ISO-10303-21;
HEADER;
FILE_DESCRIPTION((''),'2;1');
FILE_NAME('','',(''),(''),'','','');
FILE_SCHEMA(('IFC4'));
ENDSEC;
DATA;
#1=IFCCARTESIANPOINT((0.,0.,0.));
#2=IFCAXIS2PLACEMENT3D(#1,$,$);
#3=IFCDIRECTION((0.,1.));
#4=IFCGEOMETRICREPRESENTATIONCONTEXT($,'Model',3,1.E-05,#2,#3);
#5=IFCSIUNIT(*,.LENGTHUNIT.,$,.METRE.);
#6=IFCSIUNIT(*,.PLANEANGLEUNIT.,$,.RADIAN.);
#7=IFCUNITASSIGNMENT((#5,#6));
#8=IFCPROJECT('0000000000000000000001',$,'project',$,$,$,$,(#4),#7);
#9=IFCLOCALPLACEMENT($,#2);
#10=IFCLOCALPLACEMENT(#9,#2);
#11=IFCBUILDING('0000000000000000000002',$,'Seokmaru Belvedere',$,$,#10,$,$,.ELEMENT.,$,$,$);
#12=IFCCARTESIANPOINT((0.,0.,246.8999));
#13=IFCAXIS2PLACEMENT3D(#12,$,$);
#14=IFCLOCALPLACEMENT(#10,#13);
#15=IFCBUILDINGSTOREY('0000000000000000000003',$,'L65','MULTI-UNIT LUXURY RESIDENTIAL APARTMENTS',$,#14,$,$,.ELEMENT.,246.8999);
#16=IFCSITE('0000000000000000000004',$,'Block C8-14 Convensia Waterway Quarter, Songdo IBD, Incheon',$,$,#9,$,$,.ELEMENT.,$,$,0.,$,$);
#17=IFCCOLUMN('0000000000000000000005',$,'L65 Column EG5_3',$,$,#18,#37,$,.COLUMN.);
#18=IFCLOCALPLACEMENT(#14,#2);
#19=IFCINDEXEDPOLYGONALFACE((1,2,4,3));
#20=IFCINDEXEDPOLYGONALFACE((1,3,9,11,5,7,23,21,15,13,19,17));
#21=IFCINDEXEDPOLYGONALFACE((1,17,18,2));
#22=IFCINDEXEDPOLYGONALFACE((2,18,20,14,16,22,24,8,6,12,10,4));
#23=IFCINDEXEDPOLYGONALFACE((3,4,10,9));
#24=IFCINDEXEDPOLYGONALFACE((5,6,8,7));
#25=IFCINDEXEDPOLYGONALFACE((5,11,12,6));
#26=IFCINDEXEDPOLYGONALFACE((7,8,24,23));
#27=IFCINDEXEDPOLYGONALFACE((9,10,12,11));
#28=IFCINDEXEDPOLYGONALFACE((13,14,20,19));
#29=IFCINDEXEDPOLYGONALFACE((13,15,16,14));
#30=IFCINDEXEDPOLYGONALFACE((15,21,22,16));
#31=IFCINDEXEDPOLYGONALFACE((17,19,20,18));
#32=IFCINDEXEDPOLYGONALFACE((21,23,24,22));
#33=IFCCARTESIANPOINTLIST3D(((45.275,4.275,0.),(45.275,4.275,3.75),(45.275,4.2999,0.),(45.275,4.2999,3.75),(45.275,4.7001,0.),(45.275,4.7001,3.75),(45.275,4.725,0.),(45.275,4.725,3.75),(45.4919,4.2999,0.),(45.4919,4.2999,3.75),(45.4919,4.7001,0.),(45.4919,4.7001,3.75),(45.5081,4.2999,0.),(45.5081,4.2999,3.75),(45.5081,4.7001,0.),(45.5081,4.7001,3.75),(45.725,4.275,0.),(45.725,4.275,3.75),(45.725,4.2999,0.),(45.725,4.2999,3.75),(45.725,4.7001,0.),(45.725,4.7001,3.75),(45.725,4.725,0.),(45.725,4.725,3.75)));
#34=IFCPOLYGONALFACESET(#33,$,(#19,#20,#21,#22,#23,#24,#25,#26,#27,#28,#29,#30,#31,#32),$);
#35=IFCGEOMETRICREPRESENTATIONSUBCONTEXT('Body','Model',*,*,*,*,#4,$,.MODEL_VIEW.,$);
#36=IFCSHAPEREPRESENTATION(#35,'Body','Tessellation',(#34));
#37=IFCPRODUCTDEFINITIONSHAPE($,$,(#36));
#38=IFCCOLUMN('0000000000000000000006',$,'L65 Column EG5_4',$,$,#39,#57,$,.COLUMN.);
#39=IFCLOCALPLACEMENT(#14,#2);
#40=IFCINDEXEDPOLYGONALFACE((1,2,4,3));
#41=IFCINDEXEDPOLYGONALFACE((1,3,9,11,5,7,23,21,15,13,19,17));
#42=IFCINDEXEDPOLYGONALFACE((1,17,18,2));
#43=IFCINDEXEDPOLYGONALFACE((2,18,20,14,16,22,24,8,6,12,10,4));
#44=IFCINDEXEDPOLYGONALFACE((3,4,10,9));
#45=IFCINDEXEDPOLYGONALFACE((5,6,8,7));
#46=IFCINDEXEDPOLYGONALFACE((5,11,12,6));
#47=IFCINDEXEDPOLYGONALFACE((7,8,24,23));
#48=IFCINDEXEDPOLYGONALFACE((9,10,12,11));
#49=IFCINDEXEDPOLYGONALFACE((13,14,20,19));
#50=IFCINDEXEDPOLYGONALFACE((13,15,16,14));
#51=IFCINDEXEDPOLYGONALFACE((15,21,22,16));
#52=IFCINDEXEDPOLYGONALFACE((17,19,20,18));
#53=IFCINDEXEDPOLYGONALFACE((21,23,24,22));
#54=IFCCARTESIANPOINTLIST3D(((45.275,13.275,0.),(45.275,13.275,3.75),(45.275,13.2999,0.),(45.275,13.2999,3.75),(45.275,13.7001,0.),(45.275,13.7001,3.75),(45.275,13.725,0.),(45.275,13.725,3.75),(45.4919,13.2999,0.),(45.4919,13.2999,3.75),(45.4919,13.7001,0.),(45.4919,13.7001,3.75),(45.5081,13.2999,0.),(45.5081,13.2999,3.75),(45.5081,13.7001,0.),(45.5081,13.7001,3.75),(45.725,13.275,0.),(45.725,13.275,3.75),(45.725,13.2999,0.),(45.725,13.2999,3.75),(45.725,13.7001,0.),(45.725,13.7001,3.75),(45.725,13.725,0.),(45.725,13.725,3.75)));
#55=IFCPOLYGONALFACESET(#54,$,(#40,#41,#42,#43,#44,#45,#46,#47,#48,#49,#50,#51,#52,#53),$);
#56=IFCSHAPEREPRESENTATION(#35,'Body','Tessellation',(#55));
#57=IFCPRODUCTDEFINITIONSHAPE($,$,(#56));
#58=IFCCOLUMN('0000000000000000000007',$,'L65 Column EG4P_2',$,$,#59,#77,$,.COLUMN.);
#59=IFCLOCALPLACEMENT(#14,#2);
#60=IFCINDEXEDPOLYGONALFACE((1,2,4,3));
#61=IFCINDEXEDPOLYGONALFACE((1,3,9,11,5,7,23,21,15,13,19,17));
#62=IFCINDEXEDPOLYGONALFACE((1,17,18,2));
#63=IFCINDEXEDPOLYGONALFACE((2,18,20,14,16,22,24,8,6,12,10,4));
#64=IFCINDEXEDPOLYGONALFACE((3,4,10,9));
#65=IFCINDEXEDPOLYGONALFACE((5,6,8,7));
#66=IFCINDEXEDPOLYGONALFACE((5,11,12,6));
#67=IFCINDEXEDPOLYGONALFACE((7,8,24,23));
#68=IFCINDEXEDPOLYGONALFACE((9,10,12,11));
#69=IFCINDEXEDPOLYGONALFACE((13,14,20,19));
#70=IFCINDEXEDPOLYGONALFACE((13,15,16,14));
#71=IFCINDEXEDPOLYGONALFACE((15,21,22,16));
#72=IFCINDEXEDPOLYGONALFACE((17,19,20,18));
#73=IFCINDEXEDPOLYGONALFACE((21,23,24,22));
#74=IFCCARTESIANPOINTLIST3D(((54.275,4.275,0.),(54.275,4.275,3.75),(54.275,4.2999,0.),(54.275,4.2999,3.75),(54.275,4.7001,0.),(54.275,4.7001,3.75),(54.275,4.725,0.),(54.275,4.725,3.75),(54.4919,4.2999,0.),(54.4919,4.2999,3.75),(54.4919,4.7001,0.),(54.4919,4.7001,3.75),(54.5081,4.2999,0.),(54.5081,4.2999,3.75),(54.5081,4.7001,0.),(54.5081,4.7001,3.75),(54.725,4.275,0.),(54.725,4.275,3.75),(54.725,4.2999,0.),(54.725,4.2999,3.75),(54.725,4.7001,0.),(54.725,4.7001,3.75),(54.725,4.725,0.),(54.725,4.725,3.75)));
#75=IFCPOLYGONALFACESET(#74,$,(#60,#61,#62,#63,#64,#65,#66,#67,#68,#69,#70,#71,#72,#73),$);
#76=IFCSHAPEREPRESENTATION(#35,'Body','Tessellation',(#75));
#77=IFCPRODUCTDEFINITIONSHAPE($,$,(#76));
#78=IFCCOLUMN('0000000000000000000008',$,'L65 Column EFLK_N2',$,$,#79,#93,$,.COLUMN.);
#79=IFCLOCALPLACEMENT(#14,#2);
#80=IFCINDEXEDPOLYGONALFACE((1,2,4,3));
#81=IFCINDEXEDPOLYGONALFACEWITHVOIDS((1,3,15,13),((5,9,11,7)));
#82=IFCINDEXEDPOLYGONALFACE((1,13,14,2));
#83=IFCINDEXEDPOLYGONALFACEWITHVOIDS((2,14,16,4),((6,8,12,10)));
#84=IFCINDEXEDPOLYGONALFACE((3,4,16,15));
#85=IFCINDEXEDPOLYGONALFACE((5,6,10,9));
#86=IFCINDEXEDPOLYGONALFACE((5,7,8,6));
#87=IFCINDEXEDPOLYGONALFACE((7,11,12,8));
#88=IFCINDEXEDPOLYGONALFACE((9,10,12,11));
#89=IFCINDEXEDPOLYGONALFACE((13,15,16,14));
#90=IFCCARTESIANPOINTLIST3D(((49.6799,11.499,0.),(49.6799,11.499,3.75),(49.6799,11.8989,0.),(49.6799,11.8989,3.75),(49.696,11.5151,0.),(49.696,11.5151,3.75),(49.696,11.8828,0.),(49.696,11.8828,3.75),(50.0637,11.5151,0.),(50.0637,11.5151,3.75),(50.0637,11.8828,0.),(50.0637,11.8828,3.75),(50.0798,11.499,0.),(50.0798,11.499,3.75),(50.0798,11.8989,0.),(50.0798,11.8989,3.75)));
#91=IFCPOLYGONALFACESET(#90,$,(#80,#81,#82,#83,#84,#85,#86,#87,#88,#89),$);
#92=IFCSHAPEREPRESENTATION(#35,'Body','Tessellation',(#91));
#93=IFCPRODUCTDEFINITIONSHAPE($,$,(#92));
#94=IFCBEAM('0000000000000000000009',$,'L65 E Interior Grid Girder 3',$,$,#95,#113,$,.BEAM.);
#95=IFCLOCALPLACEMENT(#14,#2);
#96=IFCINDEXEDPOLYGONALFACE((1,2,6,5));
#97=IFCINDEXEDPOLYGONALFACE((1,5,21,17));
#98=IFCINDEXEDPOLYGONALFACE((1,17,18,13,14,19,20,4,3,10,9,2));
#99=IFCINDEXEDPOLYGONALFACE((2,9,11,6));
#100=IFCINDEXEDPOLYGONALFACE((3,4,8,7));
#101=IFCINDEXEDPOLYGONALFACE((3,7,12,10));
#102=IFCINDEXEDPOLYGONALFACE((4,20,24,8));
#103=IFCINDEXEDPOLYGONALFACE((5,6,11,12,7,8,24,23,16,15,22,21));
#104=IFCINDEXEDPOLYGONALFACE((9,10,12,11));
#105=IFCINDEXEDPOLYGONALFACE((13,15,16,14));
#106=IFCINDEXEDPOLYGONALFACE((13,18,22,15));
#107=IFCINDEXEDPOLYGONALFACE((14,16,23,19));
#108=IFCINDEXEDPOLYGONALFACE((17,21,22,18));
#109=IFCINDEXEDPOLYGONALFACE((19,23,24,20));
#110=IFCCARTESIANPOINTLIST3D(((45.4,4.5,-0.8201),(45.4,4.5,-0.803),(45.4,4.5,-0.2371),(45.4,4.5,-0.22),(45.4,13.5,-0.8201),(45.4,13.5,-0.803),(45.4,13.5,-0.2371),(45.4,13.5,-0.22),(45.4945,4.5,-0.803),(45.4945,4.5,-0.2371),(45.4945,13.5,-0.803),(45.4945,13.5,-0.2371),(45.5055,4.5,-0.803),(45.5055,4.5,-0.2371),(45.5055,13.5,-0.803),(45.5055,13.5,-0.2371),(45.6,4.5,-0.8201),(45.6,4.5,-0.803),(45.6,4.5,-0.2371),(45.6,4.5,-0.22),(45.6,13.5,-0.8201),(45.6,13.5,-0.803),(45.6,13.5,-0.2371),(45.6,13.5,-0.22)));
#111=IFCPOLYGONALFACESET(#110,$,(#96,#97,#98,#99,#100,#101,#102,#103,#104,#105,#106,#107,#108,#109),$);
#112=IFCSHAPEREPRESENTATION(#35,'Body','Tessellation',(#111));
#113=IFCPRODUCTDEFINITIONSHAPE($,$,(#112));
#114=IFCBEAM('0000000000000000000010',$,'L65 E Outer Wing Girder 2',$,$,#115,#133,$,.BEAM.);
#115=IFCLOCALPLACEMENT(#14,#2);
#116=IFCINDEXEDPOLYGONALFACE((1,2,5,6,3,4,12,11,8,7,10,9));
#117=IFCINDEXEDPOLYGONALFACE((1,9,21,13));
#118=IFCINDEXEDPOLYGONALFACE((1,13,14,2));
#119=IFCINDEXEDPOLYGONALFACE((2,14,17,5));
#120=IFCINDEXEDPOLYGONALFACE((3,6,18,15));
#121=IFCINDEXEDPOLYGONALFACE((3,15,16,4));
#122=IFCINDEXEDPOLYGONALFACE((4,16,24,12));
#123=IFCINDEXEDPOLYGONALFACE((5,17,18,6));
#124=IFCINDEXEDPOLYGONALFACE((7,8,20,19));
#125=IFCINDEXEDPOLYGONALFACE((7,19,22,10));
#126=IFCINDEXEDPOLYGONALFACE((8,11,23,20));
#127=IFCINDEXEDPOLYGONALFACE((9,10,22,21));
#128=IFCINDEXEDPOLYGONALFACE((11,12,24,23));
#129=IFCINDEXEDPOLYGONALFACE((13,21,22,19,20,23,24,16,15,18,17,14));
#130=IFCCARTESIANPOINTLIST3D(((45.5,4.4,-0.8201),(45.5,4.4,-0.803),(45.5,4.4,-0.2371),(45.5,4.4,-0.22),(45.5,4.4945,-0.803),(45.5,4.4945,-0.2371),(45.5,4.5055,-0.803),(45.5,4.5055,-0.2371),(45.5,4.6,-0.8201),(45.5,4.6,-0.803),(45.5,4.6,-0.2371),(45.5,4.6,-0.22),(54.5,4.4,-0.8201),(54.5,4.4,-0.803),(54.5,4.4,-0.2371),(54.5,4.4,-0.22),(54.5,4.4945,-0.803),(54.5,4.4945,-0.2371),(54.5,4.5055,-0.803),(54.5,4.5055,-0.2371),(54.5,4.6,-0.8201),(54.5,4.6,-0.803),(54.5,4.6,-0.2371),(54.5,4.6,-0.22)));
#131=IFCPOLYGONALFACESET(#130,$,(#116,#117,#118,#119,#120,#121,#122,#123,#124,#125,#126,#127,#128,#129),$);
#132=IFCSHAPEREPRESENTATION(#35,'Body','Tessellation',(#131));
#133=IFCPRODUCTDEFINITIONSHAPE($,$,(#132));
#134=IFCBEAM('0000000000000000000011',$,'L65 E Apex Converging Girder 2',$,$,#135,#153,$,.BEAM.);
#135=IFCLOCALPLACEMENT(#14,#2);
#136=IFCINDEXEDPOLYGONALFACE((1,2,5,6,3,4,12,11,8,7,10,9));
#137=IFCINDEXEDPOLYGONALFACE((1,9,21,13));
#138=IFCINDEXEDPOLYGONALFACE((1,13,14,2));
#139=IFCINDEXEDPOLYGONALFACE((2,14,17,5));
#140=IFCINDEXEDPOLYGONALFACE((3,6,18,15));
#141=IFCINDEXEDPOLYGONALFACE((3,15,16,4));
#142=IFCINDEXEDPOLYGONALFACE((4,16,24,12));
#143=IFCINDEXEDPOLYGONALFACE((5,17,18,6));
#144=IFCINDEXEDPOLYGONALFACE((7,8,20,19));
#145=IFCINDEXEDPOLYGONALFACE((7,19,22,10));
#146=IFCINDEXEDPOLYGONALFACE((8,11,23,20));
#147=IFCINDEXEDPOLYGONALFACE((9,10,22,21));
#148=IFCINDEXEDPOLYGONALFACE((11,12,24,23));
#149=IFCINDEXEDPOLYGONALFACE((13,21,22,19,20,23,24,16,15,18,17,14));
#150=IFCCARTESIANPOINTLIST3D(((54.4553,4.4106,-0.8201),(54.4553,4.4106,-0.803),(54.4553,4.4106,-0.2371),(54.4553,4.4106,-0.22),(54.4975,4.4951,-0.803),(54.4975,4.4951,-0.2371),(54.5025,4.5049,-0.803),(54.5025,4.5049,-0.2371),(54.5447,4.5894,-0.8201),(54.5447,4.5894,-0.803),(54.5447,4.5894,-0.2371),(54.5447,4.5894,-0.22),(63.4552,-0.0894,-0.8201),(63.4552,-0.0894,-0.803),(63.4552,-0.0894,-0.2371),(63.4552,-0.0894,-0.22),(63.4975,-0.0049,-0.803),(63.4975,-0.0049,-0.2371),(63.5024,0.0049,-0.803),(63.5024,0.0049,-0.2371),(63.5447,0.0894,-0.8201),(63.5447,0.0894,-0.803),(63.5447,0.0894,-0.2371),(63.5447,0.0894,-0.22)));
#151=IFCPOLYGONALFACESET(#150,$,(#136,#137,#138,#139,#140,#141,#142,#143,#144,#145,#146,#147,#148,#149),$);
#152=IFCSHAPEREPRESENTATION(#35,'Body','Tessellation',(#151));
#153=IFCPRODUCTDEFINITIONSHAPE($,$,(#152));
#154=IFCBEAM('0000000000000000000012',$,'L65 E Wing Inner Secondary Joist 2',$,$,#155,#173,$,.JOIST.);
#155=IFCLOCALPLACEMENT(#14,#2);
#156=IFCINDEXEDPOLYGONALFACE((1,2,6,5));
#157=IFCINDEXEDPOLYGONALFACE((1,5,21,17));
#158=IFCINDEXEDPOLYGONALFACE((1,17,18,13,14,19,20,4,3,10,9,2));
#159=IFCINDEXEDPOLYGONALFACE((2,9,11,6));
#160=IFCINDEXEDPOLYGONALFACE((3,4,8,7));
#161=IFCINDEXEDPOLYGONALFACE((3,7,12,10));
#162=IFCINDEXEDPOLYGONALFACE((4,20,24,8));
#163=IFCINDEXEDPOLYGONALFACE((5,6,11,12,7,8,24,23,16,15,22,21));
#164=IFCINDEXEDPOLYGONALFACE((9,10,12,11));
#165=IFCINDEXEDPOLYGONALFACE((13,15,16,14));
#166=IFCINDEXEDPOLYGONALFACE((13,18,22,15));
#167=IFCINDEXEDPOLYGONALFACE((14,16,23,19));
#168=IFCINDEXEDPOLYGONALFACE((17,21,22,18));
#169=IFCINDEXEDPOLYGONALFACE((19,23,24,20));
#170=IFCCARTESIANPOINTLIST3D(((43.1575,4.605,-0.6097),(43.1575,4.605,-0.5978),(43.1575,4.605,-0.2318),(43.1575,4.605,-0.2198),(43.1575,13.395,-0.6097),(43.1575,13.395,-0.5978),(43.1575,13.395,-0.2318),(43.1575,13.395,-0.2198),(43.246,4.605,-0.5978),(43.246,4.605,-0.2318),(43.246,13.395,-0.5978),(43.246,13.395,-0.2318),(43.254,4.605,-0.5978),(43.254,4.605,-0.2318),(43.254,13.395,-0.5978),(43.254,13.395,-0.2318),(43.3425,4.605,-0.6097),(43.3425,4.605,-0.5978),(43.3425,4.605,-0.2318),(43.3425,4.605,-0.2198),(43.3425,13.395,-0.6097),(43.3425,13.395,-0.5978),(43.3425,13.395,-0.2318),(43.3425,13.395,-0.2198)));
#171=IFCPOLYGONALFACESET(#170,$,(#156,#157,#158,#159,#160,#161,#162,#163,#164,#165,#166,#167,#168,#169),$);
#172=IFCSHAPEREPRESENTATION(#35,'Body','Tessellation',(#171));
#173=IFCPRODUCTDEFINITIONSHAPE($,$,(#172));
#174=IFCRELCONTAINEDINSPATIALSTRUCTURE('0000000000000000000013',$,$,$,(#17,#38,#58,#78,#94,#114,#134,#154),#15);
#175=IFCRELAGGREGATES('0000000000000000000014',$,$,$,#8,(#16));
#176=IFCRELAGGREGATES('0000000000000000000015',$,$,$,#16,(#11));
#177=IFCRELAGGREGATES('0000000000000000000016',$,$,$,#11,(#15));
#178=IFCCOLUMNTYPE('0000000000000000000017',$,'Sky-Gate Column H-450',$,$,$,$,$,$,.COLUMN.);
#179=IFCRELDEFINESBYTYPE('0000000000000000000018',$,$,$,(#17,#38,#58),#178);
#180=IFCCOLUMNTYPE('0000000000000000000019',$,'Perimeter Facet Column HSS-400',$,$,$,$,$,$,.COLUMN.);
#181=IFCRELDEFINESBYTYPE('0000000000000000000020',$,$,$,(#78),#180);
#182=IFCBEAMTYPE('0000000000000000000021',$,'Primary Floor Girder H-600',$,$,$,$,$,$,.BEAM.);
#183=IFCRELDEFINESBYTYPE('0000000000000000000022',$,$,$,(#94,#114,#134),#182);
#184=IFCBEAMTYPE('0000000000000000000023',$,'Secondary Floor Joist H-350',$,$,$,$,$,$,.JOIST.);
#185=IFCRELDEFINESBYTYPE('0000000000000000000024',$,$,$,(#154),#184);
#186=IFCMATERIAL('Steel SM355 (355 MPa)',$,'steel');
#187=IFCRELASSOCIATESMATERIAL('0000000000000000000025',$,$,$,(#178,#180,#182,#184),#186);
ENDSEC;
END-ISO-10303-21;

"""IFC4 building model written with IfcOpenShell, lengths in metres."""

from ifc_helpers import new_model, si_unit, direction, frame, origin, origin_2d, place, context, subcontext, project, spatial, hollow_rectangle, i_section, extrude, source, transform, mapped, material, material_profile, profile_set, type_object, type_shapes, element, save


model = new_model("IFC4")

# Units and contexts
model_context = context("Model", 3, precision=1e-05, world=origin(), true_north=direction((0.0, 1.0)))
body_context = subcontext(model_context, "Body", "Model", "MODEL_VIEW")
ifc_project = project(units=[si_unit("LENGTHUNIT", "METRE"), si_unit("PLANEANGLEUNIT", "RADIAN")], contexts=[model_context])

# Site, building, storey
site_placement = place(None, origin())
site = spatial("IfcSite", under=ifc_project, at=site_placement, Name="Block C8-14 Convensia Waterway Quarter, Songdo IBD, Incheon", CompositionType="ELEMENT", RefElevation=0.0)
building_placement = place(site_placement, origin())
building = spatial("IfcBuilding", under=site, at=building_placement, Name="Seokmaru Belvedere", CompositionType="ELEMENT")
storey_placement = place(building_placement, frame((0.0, 0.0, 246.8999)))
storey = spatial("IfcBuildingStorey", under=building, at=storey_placement, Name="L65", Description="MULTI-UNIT LUXURY RESIDENTIAL APARTMENTS", CompositionType="ELEMENT", Elevation=246.8999)

# Columns
ifc_material_1 = material(Name="Steel SM355 (355 MPa)", Category="steel")
ifc_material_profile_1 = material_profile(ifc_material_1, i_section(OverallWidth=0.45, OverallDepth=0.45, WebThickness=0.0161, FlangeThickness=0.0249, at=origin_2d()), Name="H-450x450x16x25")
ifc_profile_set_1 = profile_set([ifc_material_profile_1], Name="Steel SM355 (355 MPa)")
column_type_1 = type_object("IfcColumnType", Name="Sky-Gate Column H-450", PredefinedType="COLUMN", material=ifc_profile_set_1)
shared_shape_1 = source(origin(), body_context, "Body", "SweptSolid", [
    extrude(i_section(OverallWidth=0.45, OverallDepth=0.45, WebThickness=0.0161, FlangeThickness=0.0249, at=origin_2d()), origin(), (0.0, 0.0, 1.0), 3.75),
])
type_shapes(column_type_1, [shared_shape_1])
for number, where, z_axis, x_axis, name in (
    (1, (45.5, 4.5, 0.0), (0.0, 0.0, 1.0), (1.0, 0.0, 0.0), "L65 Column EG5_3"),
    (2, (45.5, 13.5, 0.0), (0.0, 0.0, 1.0), (1.0, 0.0, 0.0), "L65 Column EG5_4"),
    (3, (54.5, 4.5, 0.0), (0.0, 0.0, 1.0), (1.0, 0.0, 0.0), "L65 Column EG4P_2"),
):
    element("IfcColumn", number, at=place(storey_placement, frame(where, z_axis=z_axis, x_axis=x_axis)), inside=storey, type_object=column_type_1, Name=name, PredefinedType="COLUMN", context=body_context, shape_type="MappedRepresentation", body=[
        mapped(shared_shape_1, transform((0.0, 0.0, 0.0), scale=1.0)),
    ])
ifc_material_profile_2 = material_profile(ifc_material_1, hollow_rectangle(XDim=0.3999, YDim=0.3999, WallThickness=0.0161, at=origin_2d()), Name="HSS-400x400x16")
ifc_profile_set_2 = profile_set([ifc_material_profile_2], Name="Steel SM355 (355 MPa)")
column_type_2 = type_object("IfcColumnType", Name="Perimeter Facet Column HSS-400", PredefinedType="COLUMN", material=ifc_profile_set_2)
shared_shape_2 = source(origin(), body_context, "Body", "SweptSolid", [
    extrude(hollow_rectangle(XDim=0.3999, YDim=0.3999, WallThickness=0.0161, at=origin_2d()), origin(), (0.0, 0.0, 1.0), 3.75),
])
type_shapes(column_type_2, [shared_shape_2])
column_placement = place(storey_placement, frame((49.8799, 11.699, 0.0), z_axis=(0.0, 0.0, 1.0), x_axis=(1.0, 0.0, 0.0)))
element("IfcColumn", 4, at=column_placement, inside=storey, type_object=column_type_2, Name="L65 Column EFLK_N2", PredefinedType="COLUMN", context=body_context, shape_type="MappedRepresentation", body=[
    mapped(shared_shape_2, transform((0.0, 0.0, 0.0), scale=1.0)),
])

# Beams
ifc_material_profile_3 = material_profile(ifc_material_1, i_section(OverallWidth=0.2, OverallDepth=0.6001, WebThickness=0.011, FlangeThickness=0.0171, at=origin_2d()), Name="H-600x200x11x17")
ifc_profile_set_3 = profile_set([ifc_material_profile_3], Name="Steel SM355 (355 MPa)")
beam_type_1 = type_object("IfcBeamType", Name="Primary Floor Girder H-600", PredefinedType="BEAM", material=ifc_profile_set_3)
shared_shape_3 = source(origin(), body_context, "Body", "SweptSolid", [
    extrude(i_section(OverallWidth=0.2, OverallDepth=0.6001, WebThickness=0.011, FlangeThickness=0.0171, at=origin_2d()), origin(), (0.0, 0.0, 1.0), 9.0),
])
for number, where, z_axis, x_axis, name in (
    (5, (45.5, 4.5, -0.52), (0.0, 1.0, 0.0), (-1.0, 0.0, 0.0), "L65 E Interior Grid Girder 3"),
    (6, (45.5, 4.5, -0.52), (1.0, 0.0, 0.0), (0.0, 1.0, 0.0), "L65 E Outer Wing Girder 2"),
):
    element("IfcBeam", number, at=place(storey_placement, frame(where, z_axis=z_axis, x_axis=x_axis)), inside=storey, type_object=beam_type_1, Name=name, PredefinedType="BEAM", context=body_context, shape_type="MappedRepresentation", body=[
        mapped(shared_shape_3, transform((0.0, 0.0, 0.0), scale=1.0)),
    ])
shared_shape_4 = source(origin(), body_context, "Body", "SweptSolid", [
    extrude(i_section(OverallWidth=0.2, OverallDepth=0.6001, WebThickness=0.011, FlangeThickness=0.0171, at=origin_2d()), origin(), (0.0, 0.0, 1.0), 10.0623),
])
beam_1_placement = place(storey_placement, frame((54.5, 4.5, -0.52), z_axis=(0.894427, -0.447214, 0.0), x_axis=(0.447214, 0.894427, 0.0)))
element("IfcBeam", 7, at=beam_1_placement, inside=storey, type_object=beam_type_1, Name="L65 E Apex Converging Girder 2", PredefinedType="BEAM", context=body_context, shape_type="MappedRepresentation", body=[
    mapped(shared_shape_4, transform((0.0, 0.0, 0.0), scale=1.0)),
])
ifc_material_profile_4 = material_profile(ifc_material_1, i_section(OverallWidth=0.1851, OverallDepth=0.3899, WebThickness=0.0081, FlangeThickness=0.012, at=origin_2d()), Name="H-390x185x8x12")
ifc_profile_set_4 = profile_set([ifc_material_profile_4], Name="Steel SM355 (355 MPa)")
beam_type_2 = type_object("IfcBeamType", Name="Secondary Floor Joist H-350", PredefinedType="JOIST", material=ifc_profile_set_4)
shared_shape_5 = source(origin(), body_context, "Body", "SweptSolid", [
    extrude(i_section(OverallWidth=0.1851, OverallDepth=0.3899, WebThickness=0.0081, FlangeThickness=0.012, at=origin_2d()), origin(), (0.0, 0.0, 1.0), 8.79),
])
type_shapes(beam_type_2, [shared_shape_5])
beam_2_placement = place(storey_placement, frame((43.25, 4.605, -0.4148), z_axis=(0.0, 1.0, 0.0), x_axis=(-1.0, 0.0, 0.0)))
element("IfcBeam", 8, at=beam_2_placement, inside=storey, type_object=beam_type_2, Name="L65 E Wing Inner Secondary Joist 2", PredefinedType="JOIST", context=body_context, shape_type="MappedRepresentation", body=[
    mapped(shared_shape_5, transform((0.0, 0.0, 0.0), scale=1.0)),
])

save(model, "model.ifc")
